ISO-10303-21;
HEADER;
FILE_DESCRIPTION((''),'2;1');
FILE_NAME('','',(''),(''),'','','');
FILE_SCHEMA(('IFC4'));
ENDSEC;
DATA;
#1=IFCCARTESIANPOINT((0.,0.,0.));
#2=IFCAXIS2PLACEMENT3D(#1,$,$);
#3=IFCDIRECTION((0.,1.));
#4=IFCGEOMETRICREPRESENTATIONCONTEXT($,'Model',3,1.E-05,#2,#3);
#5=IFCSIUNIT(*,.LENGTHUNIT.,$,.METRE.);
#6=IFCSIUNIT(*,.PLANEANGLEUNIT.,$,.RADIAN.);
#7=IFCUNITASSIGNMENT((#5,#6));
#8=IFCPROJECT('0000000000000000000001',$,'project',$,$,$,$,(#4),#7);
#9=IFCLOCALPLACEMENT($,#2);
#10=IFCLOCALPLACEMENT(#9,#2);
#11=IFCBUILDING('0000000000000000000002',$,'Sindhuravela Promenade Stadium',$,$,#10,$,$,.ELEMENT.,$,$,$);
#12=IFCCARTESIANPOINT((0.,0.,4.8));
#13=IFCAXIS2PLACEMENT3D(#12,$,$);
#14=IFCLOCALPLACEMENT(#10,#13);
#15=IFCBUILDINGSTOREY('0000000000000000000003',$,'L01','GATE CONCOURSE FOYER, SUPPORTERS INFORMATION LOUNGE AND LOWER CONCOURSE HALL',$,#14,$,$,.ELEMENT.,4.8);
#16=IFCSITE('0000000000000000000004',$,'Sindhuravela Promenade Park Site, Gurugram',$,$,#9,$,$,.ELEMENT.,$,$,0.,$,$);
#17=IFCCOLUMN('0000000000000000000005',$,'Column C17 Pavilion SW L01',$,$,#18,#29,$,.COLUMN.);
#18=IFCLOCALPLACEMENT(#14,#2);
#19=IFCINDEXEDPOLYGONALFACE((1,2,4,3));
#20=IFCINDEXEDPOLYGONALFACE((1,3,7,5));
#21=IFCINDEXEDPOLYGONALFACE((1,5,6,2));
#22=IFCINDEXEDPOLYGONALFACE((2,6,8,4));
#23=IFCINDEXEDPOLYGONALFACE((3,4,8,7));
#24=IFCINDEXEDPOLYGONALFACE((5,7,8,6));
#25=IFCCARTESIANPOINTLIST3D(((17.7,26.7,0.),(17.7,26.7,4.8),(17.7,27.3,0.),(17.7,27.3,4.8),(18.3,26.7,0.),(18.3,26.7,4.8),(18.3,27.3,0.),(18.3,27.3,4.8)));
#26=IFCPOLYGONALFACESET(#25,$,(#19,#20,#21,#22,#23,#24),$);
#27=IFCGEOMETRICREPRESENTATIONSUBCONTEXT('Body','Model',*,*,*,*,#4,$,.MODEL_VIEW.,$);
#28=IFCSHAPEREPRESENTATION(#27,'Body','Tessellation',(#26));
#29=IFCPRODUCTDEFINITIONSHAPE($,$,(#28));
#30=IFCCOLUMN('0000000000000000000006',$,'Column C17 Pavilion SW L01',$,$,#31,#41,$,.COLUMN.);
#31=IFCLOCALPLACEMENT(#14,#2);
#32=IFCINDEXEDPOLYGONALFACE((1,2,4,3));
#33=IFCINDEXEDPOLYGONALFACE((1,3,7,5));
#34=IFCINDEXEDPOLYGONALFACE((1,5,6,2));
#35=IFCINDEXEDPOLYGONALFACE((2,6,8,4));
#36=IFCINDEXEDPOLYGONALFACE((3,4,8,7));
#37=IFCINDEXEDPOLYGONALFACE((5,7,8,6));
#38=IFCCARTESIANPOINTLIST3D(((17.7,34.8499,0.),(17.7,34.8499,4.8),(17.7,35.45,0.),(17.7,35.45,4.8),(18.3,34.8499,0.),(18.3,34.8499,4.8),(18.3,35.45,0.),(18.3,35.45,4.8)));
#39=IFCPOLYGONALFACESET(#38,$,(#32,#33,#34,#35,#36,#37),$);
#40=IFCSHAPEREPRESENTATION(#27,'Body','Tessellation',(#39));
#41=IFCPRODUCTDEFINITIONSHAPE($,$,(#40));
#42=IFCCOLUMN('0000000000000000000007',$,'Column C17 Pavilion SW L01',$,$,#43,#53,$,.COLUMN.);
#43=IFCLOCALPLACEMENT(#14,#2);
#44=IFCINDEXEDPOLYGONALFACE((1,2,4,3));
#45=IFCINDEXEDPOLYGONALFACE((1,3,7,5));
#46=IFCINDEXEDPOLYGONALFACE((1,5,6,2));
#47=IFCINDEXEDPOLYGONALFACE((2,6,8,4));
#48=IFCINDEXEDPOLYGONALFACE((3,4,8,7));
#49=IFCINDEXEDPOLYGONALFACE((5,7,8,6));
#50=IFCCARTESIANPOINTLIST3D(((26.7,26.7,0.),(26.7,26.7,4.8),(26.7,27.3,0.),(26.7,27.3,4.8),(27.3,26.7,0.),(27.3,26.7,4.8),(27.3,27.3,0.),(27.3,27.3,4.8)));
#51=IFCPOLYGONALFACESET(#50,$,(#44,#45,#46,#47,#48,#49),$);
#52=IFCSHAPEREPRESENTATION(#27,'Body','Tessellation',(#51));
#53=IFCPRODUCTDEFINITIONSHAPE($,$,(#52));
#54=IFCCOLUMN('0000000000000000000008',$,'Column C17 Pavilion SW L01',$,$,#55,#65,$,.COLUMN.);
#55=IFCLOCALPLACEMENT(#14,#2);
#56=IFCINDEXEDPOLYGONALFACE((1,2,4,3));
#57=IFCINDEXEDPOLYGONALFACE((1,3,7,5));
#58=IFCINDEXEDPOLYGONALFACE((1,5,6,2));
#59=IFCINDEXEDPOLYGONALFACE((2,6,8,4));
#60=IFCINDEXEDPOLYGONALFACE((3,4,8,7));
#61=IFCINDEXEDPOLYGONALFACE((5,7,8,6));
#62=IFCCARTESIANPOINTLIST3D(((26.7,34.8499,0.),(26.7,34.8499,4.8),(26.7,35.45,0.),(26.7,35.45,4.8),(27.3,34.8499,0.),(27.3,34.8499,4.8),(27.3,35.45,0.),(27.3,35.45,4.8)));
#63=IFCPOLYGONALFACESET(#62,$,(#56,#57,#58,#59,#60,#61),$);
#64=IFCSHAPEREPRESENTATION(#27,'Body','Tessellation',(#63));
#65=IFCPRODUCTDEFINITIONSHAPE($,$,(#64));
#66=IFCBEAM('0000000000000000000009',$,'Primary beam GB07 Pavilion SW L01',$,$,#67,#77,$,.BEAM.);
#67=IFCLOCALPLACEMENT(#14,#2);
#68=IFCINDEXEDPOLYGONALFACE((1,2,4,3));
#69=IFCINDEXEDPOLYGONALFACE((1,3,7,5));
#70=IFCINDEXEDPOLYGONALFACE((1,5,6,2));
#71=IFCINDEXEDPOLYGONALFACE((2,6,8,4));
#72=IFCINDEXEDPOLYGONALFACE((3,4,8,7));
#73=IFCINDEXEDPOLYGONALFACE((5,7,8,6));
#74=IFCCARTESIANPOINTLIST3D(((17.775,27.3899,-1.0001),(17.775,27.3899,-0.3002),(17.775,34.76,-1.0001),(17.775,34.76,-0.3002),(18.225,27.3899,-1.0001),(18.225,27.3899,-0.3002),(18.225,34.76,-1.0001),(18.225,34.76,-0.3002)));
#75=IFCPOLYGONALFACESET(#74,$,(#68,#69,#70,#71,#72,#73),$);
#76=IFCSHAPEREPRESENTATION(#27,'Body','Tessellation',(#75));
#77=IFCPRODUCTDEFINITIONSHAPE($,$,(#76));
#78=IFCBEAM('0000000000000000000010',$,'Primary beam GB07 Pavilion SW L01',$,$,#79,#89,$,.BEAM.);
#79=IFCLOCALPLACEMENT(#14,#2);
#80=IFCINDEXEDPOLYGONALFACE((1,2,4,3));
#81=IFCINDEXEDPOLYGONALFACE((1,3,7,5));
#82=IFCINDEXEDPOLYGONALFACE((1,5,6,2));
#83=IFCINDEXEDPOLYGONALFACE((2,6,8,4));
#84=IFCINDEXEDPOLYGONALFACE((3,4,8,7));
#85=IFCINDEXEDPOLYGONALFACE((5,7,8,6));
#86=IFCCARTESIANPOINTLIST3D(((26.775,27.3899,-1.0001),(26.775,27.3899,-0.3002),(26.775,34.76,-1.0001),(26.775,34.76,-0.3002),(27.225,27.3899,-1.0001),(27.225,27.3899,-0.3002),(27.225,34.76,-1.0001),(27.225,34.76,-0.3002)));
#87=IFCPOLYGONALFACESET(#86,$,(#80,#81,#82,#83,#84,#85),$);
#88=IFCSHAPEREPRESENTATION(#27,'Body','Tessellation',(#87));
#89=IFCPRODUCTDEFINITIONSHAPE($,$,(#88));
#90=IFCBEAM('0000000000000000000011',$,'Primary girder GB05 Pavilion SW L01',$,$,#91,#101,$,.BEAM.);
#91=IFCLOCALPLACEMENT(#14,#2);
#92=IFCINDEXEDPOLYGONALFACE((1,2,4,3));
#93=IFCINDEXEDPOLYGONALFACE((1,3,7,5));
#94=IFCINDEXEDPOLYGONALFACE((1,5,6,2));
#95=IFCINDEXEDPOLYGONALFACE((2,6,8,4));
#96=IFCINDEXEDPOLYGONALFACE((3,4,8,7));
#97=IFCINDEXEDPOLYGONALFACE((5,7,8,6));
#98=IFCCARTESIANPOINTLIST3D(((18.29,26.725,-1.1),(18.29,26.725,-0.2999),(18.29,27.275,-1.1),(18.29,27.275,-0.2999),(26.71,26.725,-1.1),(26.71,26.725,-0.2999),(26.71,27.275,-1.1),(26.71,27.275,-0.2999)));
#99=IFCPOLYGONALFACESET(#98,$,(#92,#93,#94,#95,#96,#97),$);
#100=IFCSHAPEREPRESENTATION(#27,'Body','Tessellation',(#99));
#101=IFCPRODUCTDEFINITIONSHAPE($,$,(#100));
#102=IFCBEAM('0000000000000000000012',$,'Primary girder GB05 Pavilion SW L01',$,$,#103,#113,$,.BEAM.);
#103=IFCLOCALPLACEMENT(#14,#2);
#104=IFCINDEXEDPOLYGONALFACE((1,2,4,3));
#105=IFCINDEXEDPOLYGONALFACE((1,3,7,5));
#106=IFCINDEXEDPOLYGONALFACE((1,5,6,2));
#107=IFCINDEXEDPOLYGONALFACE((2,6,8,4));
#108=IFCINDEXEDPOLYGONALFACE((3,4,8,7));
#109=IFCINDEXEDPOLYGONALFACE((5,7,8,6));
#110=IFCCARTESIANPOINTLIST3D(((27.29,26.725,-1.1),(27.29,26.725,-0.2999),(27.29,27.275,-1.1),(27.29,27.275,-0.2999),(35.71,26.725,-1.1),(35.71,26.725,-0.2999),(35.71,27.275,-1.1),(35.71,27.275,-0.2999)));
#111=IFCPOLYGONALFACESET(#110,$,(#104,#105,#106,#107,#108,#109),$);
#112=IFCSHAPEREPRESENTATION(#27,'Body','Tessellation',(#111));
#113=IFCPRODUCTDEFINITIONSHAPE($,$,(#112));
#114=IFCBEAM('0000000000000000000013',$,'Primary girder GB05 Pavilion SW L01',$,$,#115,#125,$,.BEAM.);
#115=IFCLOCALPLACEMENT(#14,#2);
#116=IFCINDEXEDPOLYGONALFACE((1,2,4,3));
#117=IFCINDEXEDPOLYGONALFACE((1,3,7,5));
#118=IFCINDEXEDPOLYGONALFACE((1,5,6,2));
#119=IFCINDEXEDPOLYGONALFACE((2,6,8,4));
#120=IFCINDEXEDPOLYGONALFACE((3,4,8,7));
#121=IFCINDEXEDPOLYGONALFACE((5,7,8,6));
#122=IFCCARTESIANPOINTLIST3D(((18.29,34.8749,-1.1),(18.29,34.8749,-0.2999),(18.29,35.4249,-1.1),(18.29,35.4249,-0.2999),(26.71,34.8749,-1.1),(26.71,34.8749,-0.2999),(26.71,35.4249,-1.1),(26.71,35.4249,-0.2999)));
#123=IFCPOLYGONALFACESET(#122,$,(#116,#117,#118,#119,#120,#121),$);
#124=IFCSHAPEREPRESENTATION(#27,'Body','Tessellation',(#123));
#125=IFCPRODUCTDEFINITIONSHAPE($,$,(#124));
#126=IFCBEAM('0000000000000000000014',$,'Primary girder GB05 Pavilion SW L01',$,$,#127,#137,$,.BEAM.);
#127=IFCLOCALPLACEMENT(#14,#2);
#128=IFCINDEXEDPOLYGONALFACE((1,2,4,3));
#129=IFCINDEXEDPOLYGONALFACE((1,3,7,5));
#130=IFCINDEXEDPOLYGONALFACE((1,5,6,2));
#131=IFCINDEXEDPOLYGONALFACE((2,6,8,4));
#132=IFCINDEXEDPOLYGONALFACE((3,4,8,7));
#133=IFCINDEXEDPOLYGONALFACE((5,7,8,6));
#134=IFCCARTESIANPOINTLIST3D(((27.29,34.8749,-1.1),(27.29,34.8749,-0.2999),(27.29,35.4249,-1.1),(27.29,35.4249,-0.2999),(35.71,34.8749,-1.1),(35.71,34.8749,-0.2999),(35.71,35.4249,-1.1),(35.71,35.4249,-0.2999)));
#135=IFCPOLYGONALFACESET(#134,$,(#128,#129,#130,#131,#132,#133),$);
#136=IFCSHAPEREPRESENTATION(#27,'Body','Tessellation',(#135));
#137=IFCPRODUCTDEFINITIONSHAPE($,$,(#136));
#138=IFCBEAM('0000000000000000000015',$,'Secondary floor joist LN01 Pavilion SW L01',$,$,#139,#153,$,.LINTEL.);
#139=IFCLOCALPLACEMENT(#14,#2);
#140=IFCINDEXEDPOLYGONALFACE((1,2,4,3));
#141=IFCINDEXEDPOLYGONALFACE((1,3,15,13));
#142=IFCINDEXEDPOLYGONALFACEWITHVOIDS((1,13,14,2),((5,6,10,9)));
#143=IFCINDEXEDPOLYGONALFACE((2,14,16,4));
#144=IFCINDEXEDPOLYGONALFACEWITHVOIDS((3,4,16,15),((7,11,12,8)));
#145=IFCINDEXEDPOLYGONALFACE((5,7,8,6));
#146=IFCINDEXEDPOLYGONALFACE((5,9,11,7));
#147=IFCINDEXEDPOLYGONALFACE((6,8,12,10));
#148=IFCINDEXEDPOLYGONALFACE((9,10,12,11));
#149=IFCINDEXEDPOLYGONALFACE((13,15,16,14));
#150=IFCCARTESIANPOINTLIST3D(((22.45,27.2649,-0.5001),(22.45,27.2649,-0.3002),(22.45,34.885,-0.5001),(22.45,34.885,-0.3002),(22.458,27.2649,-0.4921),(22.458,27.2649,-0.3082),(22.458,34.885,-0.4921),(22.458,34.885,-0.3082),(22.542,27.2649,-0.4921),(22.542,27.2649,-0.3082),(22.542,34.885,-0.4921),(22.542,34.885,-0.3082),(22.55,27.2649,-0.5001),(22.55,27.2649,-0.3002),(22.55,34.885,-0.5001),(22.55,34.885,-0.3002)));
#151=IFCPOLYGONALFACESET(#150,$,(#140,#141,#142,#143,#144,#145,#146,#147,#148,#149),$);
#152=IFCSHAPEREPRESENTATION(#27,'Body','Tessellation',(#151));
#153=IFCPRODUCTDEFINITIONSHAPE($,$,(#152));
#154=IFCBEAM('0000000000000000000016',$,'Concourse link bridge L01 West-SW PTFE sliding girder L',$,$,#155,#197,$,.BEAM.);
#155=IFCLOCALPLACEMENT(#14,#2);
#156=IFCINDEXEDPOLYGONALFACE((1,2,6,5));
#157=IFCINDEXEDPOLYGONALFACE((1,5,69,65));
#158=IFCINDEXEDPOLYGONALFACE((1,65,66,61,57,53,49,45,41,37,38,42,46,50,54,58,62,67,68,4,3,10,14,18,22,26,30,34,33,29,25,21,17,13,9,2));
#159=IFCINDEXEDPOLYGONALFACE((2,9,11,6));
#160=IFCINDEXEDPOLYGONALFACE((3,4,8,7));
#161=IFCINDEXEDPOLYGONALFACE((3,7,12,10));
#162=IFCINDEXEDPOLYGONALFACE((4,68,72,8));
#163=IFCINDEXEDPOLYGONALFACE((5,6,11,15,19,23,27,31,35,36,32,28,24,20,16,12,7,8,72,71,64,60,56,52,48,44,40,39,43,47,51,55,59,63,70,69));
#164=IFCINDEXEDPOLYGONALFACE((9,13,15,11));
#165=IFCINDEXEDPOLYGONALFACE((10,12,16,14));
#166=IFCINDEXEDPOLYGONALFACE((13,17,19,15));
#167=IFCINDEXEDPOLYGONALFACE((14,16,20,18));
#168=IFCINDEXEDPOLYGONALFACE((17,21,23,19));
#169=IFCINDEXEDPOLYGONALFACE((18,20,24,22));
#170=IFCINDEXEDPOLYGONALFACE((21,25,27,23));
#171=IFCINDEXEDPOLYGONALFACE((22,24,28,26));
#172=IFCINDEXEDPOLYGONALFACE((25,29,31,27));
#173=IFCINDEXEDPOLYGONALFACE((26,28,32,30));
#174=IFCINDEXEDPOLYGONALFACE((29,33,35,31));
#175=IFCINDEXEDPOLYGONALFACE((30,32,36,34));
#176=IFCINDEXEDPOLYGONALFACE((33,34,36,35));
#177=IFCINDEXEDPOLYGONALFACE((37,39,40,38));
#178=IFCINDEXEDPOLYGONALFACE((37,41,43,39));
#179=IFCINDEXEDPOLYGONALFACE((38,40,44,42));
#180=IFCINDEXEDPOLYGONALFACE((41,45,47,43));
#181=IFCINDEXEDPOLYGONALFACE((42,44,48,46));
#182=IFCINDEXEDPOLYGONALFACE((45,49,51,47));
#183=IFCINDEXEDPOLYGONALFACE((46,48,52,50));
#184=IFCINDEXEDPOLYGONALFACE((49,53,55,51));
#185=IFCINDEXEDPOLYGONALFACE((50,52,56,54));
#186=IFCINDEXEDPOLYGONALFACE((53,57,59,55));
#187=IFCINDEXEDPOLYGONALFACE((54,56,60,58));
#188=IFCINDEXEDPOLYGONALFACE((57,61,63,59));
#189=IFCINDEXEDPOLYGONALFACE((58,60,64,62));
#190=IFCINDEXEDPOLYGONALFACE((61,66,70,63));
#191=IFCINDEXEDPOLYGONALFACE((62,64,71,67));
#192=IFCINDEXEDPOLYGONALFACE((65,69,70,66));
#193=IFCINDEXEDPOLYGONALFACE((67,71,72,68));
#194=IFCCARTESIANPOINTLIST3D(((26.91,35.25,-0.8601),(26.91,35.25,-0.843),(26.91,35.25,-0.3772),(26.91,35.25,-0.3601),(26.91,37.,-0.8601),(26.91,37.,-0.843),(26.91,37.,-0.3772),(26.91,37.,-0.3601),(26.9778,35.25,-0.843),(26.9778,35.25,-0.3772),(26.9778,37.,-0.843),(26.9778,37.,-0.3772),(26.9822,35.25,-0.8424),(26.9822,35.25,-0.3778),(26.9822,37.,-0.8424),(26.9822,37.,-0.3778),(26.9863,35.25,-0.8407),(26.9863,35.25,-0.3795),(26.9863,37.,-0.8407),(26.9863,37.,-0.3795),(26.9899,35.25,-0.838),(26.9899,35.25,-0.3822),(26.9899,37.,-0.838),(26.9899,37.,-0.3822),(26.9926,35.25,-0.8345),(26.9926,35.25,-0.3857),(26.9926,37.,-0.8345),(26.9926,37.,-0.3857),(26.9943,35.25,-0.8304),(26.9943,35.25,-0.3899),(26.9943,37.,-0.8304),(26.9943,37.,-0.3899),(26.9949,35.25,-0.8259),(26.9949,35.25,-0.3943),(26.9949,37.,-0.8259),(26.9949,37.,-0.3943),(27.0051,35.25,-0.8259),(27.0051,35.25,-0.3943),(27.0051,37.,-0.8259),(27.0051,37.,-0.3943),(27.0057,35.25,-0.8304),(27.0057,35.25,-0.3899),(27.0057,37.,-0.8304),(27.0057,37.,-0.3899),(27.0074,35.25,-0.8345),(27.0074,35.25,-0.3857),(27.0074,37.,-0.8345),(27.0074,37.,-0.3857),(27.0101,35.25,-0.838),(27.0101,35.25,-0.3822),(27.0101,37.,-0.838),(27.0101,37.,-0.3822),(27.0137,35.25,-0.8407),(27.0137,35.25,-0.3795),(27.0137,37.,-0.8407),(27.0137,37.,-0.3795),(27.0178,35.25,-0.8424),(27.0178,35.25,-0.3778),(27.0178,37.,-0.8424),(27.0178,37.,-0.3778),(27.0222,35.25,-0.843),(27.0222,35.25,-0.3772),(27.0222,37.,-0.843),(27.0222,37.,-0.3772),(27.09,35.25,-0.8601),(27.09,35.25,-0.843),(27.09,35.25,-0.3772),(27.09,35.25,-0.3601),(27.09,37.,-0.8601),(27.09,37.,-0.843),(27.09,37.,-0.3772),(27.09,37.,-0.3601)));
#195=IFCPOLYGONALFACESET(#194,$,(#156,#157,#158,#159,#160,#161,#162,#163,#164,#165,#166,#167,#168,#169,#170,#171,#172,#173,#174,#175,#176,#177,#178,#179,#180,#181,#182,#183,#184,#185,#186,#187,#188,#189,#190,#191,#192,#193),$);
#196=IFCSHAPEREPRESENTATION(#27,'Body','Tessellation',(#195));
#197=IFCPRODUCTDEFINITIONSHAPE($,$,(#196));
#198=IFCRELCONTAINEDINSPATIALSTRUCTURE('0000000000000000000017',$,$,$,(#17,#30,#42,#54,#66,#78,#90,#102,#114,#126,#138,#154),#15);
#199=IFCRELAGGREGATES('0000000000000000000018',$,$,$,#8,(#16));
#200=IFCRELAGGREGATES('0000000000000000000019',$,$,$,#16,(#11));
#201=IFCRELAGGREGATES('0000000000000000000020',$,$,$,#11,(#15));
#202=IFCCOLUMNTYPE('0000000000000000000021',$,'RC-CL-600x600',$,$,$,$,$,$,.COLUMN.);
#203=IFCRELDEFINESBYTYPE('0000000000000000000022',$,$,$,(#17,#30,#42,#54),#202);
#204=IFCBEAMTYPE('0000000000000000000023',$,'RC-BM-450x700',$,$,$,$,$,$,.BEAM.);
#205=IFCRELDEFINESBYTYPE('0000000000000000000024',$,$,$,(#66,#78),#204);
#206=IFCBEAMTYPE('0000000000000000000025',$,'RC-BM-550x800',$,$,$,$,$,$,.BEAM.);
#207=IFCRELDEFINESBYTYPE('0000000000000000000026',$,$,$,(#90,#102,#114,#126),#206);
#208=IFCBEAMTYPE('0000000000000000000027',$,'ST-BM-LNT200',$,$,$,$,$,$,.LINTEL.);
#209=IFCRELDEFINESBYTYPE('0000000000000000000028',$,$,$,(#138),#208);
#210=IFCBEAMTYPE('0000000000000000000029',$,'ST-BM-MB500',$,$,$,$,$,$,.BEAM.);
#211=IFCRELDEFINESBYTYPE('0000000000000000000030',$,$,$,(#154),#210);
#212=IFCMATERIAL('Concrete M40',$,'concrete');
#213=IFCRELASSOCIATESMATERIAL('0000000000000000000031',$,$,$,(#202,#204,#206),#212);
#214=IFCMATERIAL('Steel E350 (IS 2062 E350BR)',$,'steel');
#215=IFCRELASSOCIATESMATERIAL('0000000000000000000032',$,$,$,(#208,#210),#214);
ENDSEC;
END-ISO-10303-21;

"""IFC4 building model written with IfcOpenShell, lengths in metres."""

from ifc_helpers import new_model, si_unit, direction, frame, origin, origin_2d, place, context, subcontext, project, spatial, rectangle, hollow_rectangle, i_section, extrude, material, material_profile, profile_set, type_object, element, save


model = new_model("IFC4")

# Units and contexts
model_context = context("Model", 3, precision=1e-05, world=origin(), true_north=direction((0.0, 1.0)))
body_context = subcontext(model_context, "Body", "Model", "MODEL_VIEW")
ifc_project = project(units=[si_unit("LENGTHUNIT", "METRE"), si_unit("PLANEANGLEUNIT", "RADIAN")], contexts=[model_context])

# Site, building, storey
site_placement = place(None, origin())
site = spatial("IfcSite", under=ifc_project, at=site_placement, Name="Sindhuravela Promenade Park Site, Gurugram", CompositionType="ELEMENT", RefElevation=0.0)
building_placement = place(site_placement, origin())
building = spatial("IfcBuilding", under=site, at=building_placement, Name="Sindhuravela Promenade Stadium", CompositionType="ELEMENT")
storey_placement = place(building_placement, frame((0.0, 0.0, 4.8)))
storey = spatial("IfcBuildingStorey", under=building, at=storey_placement, Name="L01", Description="GATE CONCOURSE FOYER, SUPPORTERS INFORMATION LOUNGE AND LOWER CONCOURSE HALL", CompositionType="ELEMENT", Elevation=4.8)

# Columns
ifc_material_1 = material(Name="Concrete M40", Category="concrete")
ifc_material_profile_1 = material_profile(ifc_material_1, rectangle(XDim=0.6001, YDim=0.6001, at=origin_2d()), Name="RC 600x600")
ifc_profile_set_1 = profile_set([ifc_material_profile_1], Name="Concrete M40")
column_type = type_object("IfcColumnType", Name="RC-CL-600x600", PredefinedType="COLUMN", material=ifc_profile_set_1)
for number, where, z_axis, x_axis, name in (
    (1, (18.0, 27.0, 0.0), (0.0, 0.0, 1.0), (1.0, 0.0, 0.0), "Column C17 Pavilion SW L01"),
    (2, (18.0, 35.1499, 0.0), (0.0, 0.0, 1.0), (1.0, 0.0, 0.0), "Column C17 Pavilion SW L01"),
    (3, (27.0, 27.0, 0.0), (0.0, 0.0, 1.0), (1.0, 0.0, 0.0), "Column C17 Pavilion SW L01"),
    (4, (27.0, 35.1499, 0.0), (0.0, 0.0, 1.0), (1.0, 0.0, 0.0), "Column C17 Pavilion SW L01"),
):
    element("IfcColumn", number, at=place(storey_placement, frame(where, z_axis=z_axis, x_axis=x_axis)), inside=storey, type_object=column_type, Name=name, PredefinedType="COLUMN", context=body_context, shape_type="SweptSolid", body=[
        extrude(rectangle(XDim=0.6001, YDim=0.6001, at=origin_2d()), origin(), (0.0, 0.0, 1.0), 4.8),
    ])

# Beams
ifc_material_profile_2 = material_profile(ifc_material_1, rectangle(XDim=0.45, YDim=0.7, at=origin_2d()), Name="RC 450x700")
ifc_profile_set_2 = profile_set([ifc_material_profile_2], Name="Concrete M40")
beam_type_1 = type_object("IfcBeamType", Name="RC-BM-450x700", PredefinedType="BEAM", material=ifc_profile_set_2)
for number, where, z_axis, x_axis, name in (
    (5, (18.0, 27.3899, -0.6501), (0.0, 1.0, 0.0), (-1.0, 0.0, 0.0), "Primary beam GB07 Pavilion SW L01"),
    (6, (27.0, 27.3899, -0.6501), (0.0, 1.0, 0.0), (-1.0, 0.0, 0.0), "Primary beam GB07 Pavilion SW L01"),
):
    element("IfcBeam", number, at=place(storey_placement, frame(where, z_axis=z_axis, x_axis=x_axis)), inside=storey, type_object=beam_type_1, Name=name, PredefinedType="BEAM", context=body_context, shape_type="SweptSolid", body=[
        extrude(rectangle(XDim=0.45, YDim=0.7, at=origin_2d()), origin(), (0.0, 0.0, 1.0), 7.3701),
    ])
ifc_material_profile_3 = material_profile(ifc_material_1, rectangle(XDim=0.55, YDim=0.8, at=origin_2d()), Name="RC 550x800")
ifc_profile_set_3 = profile_set([ifc_material_profile_3], Name="Concrete M40")
beam_type_2 = type_object("IfcBeamType", Name="RC-BM-550x800", PredefinedType="BEAM", material=ifc_profile_set_3)
for number, where, z_axis, x_axis, name in (
    (7, (18.29, 27.0, -0.7), (1.0, 0.0, 0.0), (0.0, 1.0, 0.0), "Primary girder GB05 Pavilion SW L01"),
    (8, (27.29, 27.0, -0.7), (1.0, 0.0, 0.0), (0.0, 1.0, 0.0), "Primary girder GB05 Pavilion SW L01"),
    (9, (18.29, 35.1499, -0.7), (1.0, 0.0, 0.0), (0.0, 1.0, 0.0), "Primary girder GB05 Pavilion SW L01"),
    (10, (27.29, 35.1499, -0.7), (1.0, 0.0, 0.0), (0.0, 1.0, 0.0), "Primary girder GB05 Pavilion SW L01"),
):
    element("IfcBeam", number, at=place(storey_placement, frame(where, z_axis=z_axis, x_axis=x_axis)), inside=storey, type_object=beam_type_2, Name=name, PredefinedType="BEAM", context=body_context, shape_type="SweptSolid", body=[
        extrude(rectangle(XDim=0.55, YDim=0.8, at=origin_2d()), origin(), (0.0, 0.0, 1.0), 8.4199),
    ])
ifc_material_2 = material(Name="Steel E350 (IS 2062 E350BR)", Category="steel")
ifc_material_profile_4 = material_profile(ifc_material_2, hollow_rectangle(XDim=0.1001, YDim=0.2, WallThickness=0.0081, at=origin_2d()), Name="RHS 200x100x8")
ifc_profile_set_4 = profile_set([ifc_material_profile_4], Name="Steel E350 (IS 2062 E350BR)")
beam_type_3 = type_object("IfcBeamType", Name="ST-BM-LNT200", PredefinedType="LINTEL", material=ifc_profile_set_4)
beam_1_placement = place(storey_placement, frame((22.5, 27.2649, -0.4001), z_axis=(0.0, 1.0, 0.0), x_axis=(-1.0, 0.0, 0.0)))
element("IfcBeam", 11, at=beam_1_placement, inside=storey, type_object=beam_type_3, Name="Secondary floor joist LN01 Pavilion SW L01", PredefinedType="LINTEL", context=body_context, shape_type="SweptSolid", body=[
    extrude(hollow_rectangle(XDim=0.1001, YDim=0.2, WallThickness=0.0081, at=origin_2d()), origin(), (0.0, 0.0, 1.0), 7.6201),
])
ifc_material_profile_5 = material_profile(ifc_material_2, i_section(OverallWidth=0.1799, OverallDepth=0.5, WebThickness=0.0103, FlangeThickness=0.0171, FilletRadius=0.0171, at=origin_2d()), Name="ISMB 500")
ifc_profile_set_5 = profile_set([ifc_material_profile_5], Name="Steel E350 (IS 2062 E350BR)")
beam_type_4 = type_object("IfcBeamType", Name="ST-BM-MB500", PredefinedType="BEAM", material=ifc_profile_set_5)
beam_2_placement = place(storey_placement, frame((27.0, 35.25, -0.6101), z_axis=(0.0, 1.0, 0.0), x_axis=(-1.0, 0.0, 0.0)))
element("IfcBeam", 12, at=beam_2_placement, inside=storey, type_object=beam_type_4, Name="Concourse link bridge L01 West-SW PTFE sliding girder L", PredefinedType="BEAM", context=body_context, shape_type="SweptSolid", body=[
    extrude(i_section(OverallWidth=0.1799, OverallDepth=0.5, WebThickness=0.0103, FlangeThickness=0.0171, FilletRadius=0.0171, at=origin_2d()), origin(), (0.0, 0.0, 1.0), 1.75),
])

save(model, "model.ifc")
